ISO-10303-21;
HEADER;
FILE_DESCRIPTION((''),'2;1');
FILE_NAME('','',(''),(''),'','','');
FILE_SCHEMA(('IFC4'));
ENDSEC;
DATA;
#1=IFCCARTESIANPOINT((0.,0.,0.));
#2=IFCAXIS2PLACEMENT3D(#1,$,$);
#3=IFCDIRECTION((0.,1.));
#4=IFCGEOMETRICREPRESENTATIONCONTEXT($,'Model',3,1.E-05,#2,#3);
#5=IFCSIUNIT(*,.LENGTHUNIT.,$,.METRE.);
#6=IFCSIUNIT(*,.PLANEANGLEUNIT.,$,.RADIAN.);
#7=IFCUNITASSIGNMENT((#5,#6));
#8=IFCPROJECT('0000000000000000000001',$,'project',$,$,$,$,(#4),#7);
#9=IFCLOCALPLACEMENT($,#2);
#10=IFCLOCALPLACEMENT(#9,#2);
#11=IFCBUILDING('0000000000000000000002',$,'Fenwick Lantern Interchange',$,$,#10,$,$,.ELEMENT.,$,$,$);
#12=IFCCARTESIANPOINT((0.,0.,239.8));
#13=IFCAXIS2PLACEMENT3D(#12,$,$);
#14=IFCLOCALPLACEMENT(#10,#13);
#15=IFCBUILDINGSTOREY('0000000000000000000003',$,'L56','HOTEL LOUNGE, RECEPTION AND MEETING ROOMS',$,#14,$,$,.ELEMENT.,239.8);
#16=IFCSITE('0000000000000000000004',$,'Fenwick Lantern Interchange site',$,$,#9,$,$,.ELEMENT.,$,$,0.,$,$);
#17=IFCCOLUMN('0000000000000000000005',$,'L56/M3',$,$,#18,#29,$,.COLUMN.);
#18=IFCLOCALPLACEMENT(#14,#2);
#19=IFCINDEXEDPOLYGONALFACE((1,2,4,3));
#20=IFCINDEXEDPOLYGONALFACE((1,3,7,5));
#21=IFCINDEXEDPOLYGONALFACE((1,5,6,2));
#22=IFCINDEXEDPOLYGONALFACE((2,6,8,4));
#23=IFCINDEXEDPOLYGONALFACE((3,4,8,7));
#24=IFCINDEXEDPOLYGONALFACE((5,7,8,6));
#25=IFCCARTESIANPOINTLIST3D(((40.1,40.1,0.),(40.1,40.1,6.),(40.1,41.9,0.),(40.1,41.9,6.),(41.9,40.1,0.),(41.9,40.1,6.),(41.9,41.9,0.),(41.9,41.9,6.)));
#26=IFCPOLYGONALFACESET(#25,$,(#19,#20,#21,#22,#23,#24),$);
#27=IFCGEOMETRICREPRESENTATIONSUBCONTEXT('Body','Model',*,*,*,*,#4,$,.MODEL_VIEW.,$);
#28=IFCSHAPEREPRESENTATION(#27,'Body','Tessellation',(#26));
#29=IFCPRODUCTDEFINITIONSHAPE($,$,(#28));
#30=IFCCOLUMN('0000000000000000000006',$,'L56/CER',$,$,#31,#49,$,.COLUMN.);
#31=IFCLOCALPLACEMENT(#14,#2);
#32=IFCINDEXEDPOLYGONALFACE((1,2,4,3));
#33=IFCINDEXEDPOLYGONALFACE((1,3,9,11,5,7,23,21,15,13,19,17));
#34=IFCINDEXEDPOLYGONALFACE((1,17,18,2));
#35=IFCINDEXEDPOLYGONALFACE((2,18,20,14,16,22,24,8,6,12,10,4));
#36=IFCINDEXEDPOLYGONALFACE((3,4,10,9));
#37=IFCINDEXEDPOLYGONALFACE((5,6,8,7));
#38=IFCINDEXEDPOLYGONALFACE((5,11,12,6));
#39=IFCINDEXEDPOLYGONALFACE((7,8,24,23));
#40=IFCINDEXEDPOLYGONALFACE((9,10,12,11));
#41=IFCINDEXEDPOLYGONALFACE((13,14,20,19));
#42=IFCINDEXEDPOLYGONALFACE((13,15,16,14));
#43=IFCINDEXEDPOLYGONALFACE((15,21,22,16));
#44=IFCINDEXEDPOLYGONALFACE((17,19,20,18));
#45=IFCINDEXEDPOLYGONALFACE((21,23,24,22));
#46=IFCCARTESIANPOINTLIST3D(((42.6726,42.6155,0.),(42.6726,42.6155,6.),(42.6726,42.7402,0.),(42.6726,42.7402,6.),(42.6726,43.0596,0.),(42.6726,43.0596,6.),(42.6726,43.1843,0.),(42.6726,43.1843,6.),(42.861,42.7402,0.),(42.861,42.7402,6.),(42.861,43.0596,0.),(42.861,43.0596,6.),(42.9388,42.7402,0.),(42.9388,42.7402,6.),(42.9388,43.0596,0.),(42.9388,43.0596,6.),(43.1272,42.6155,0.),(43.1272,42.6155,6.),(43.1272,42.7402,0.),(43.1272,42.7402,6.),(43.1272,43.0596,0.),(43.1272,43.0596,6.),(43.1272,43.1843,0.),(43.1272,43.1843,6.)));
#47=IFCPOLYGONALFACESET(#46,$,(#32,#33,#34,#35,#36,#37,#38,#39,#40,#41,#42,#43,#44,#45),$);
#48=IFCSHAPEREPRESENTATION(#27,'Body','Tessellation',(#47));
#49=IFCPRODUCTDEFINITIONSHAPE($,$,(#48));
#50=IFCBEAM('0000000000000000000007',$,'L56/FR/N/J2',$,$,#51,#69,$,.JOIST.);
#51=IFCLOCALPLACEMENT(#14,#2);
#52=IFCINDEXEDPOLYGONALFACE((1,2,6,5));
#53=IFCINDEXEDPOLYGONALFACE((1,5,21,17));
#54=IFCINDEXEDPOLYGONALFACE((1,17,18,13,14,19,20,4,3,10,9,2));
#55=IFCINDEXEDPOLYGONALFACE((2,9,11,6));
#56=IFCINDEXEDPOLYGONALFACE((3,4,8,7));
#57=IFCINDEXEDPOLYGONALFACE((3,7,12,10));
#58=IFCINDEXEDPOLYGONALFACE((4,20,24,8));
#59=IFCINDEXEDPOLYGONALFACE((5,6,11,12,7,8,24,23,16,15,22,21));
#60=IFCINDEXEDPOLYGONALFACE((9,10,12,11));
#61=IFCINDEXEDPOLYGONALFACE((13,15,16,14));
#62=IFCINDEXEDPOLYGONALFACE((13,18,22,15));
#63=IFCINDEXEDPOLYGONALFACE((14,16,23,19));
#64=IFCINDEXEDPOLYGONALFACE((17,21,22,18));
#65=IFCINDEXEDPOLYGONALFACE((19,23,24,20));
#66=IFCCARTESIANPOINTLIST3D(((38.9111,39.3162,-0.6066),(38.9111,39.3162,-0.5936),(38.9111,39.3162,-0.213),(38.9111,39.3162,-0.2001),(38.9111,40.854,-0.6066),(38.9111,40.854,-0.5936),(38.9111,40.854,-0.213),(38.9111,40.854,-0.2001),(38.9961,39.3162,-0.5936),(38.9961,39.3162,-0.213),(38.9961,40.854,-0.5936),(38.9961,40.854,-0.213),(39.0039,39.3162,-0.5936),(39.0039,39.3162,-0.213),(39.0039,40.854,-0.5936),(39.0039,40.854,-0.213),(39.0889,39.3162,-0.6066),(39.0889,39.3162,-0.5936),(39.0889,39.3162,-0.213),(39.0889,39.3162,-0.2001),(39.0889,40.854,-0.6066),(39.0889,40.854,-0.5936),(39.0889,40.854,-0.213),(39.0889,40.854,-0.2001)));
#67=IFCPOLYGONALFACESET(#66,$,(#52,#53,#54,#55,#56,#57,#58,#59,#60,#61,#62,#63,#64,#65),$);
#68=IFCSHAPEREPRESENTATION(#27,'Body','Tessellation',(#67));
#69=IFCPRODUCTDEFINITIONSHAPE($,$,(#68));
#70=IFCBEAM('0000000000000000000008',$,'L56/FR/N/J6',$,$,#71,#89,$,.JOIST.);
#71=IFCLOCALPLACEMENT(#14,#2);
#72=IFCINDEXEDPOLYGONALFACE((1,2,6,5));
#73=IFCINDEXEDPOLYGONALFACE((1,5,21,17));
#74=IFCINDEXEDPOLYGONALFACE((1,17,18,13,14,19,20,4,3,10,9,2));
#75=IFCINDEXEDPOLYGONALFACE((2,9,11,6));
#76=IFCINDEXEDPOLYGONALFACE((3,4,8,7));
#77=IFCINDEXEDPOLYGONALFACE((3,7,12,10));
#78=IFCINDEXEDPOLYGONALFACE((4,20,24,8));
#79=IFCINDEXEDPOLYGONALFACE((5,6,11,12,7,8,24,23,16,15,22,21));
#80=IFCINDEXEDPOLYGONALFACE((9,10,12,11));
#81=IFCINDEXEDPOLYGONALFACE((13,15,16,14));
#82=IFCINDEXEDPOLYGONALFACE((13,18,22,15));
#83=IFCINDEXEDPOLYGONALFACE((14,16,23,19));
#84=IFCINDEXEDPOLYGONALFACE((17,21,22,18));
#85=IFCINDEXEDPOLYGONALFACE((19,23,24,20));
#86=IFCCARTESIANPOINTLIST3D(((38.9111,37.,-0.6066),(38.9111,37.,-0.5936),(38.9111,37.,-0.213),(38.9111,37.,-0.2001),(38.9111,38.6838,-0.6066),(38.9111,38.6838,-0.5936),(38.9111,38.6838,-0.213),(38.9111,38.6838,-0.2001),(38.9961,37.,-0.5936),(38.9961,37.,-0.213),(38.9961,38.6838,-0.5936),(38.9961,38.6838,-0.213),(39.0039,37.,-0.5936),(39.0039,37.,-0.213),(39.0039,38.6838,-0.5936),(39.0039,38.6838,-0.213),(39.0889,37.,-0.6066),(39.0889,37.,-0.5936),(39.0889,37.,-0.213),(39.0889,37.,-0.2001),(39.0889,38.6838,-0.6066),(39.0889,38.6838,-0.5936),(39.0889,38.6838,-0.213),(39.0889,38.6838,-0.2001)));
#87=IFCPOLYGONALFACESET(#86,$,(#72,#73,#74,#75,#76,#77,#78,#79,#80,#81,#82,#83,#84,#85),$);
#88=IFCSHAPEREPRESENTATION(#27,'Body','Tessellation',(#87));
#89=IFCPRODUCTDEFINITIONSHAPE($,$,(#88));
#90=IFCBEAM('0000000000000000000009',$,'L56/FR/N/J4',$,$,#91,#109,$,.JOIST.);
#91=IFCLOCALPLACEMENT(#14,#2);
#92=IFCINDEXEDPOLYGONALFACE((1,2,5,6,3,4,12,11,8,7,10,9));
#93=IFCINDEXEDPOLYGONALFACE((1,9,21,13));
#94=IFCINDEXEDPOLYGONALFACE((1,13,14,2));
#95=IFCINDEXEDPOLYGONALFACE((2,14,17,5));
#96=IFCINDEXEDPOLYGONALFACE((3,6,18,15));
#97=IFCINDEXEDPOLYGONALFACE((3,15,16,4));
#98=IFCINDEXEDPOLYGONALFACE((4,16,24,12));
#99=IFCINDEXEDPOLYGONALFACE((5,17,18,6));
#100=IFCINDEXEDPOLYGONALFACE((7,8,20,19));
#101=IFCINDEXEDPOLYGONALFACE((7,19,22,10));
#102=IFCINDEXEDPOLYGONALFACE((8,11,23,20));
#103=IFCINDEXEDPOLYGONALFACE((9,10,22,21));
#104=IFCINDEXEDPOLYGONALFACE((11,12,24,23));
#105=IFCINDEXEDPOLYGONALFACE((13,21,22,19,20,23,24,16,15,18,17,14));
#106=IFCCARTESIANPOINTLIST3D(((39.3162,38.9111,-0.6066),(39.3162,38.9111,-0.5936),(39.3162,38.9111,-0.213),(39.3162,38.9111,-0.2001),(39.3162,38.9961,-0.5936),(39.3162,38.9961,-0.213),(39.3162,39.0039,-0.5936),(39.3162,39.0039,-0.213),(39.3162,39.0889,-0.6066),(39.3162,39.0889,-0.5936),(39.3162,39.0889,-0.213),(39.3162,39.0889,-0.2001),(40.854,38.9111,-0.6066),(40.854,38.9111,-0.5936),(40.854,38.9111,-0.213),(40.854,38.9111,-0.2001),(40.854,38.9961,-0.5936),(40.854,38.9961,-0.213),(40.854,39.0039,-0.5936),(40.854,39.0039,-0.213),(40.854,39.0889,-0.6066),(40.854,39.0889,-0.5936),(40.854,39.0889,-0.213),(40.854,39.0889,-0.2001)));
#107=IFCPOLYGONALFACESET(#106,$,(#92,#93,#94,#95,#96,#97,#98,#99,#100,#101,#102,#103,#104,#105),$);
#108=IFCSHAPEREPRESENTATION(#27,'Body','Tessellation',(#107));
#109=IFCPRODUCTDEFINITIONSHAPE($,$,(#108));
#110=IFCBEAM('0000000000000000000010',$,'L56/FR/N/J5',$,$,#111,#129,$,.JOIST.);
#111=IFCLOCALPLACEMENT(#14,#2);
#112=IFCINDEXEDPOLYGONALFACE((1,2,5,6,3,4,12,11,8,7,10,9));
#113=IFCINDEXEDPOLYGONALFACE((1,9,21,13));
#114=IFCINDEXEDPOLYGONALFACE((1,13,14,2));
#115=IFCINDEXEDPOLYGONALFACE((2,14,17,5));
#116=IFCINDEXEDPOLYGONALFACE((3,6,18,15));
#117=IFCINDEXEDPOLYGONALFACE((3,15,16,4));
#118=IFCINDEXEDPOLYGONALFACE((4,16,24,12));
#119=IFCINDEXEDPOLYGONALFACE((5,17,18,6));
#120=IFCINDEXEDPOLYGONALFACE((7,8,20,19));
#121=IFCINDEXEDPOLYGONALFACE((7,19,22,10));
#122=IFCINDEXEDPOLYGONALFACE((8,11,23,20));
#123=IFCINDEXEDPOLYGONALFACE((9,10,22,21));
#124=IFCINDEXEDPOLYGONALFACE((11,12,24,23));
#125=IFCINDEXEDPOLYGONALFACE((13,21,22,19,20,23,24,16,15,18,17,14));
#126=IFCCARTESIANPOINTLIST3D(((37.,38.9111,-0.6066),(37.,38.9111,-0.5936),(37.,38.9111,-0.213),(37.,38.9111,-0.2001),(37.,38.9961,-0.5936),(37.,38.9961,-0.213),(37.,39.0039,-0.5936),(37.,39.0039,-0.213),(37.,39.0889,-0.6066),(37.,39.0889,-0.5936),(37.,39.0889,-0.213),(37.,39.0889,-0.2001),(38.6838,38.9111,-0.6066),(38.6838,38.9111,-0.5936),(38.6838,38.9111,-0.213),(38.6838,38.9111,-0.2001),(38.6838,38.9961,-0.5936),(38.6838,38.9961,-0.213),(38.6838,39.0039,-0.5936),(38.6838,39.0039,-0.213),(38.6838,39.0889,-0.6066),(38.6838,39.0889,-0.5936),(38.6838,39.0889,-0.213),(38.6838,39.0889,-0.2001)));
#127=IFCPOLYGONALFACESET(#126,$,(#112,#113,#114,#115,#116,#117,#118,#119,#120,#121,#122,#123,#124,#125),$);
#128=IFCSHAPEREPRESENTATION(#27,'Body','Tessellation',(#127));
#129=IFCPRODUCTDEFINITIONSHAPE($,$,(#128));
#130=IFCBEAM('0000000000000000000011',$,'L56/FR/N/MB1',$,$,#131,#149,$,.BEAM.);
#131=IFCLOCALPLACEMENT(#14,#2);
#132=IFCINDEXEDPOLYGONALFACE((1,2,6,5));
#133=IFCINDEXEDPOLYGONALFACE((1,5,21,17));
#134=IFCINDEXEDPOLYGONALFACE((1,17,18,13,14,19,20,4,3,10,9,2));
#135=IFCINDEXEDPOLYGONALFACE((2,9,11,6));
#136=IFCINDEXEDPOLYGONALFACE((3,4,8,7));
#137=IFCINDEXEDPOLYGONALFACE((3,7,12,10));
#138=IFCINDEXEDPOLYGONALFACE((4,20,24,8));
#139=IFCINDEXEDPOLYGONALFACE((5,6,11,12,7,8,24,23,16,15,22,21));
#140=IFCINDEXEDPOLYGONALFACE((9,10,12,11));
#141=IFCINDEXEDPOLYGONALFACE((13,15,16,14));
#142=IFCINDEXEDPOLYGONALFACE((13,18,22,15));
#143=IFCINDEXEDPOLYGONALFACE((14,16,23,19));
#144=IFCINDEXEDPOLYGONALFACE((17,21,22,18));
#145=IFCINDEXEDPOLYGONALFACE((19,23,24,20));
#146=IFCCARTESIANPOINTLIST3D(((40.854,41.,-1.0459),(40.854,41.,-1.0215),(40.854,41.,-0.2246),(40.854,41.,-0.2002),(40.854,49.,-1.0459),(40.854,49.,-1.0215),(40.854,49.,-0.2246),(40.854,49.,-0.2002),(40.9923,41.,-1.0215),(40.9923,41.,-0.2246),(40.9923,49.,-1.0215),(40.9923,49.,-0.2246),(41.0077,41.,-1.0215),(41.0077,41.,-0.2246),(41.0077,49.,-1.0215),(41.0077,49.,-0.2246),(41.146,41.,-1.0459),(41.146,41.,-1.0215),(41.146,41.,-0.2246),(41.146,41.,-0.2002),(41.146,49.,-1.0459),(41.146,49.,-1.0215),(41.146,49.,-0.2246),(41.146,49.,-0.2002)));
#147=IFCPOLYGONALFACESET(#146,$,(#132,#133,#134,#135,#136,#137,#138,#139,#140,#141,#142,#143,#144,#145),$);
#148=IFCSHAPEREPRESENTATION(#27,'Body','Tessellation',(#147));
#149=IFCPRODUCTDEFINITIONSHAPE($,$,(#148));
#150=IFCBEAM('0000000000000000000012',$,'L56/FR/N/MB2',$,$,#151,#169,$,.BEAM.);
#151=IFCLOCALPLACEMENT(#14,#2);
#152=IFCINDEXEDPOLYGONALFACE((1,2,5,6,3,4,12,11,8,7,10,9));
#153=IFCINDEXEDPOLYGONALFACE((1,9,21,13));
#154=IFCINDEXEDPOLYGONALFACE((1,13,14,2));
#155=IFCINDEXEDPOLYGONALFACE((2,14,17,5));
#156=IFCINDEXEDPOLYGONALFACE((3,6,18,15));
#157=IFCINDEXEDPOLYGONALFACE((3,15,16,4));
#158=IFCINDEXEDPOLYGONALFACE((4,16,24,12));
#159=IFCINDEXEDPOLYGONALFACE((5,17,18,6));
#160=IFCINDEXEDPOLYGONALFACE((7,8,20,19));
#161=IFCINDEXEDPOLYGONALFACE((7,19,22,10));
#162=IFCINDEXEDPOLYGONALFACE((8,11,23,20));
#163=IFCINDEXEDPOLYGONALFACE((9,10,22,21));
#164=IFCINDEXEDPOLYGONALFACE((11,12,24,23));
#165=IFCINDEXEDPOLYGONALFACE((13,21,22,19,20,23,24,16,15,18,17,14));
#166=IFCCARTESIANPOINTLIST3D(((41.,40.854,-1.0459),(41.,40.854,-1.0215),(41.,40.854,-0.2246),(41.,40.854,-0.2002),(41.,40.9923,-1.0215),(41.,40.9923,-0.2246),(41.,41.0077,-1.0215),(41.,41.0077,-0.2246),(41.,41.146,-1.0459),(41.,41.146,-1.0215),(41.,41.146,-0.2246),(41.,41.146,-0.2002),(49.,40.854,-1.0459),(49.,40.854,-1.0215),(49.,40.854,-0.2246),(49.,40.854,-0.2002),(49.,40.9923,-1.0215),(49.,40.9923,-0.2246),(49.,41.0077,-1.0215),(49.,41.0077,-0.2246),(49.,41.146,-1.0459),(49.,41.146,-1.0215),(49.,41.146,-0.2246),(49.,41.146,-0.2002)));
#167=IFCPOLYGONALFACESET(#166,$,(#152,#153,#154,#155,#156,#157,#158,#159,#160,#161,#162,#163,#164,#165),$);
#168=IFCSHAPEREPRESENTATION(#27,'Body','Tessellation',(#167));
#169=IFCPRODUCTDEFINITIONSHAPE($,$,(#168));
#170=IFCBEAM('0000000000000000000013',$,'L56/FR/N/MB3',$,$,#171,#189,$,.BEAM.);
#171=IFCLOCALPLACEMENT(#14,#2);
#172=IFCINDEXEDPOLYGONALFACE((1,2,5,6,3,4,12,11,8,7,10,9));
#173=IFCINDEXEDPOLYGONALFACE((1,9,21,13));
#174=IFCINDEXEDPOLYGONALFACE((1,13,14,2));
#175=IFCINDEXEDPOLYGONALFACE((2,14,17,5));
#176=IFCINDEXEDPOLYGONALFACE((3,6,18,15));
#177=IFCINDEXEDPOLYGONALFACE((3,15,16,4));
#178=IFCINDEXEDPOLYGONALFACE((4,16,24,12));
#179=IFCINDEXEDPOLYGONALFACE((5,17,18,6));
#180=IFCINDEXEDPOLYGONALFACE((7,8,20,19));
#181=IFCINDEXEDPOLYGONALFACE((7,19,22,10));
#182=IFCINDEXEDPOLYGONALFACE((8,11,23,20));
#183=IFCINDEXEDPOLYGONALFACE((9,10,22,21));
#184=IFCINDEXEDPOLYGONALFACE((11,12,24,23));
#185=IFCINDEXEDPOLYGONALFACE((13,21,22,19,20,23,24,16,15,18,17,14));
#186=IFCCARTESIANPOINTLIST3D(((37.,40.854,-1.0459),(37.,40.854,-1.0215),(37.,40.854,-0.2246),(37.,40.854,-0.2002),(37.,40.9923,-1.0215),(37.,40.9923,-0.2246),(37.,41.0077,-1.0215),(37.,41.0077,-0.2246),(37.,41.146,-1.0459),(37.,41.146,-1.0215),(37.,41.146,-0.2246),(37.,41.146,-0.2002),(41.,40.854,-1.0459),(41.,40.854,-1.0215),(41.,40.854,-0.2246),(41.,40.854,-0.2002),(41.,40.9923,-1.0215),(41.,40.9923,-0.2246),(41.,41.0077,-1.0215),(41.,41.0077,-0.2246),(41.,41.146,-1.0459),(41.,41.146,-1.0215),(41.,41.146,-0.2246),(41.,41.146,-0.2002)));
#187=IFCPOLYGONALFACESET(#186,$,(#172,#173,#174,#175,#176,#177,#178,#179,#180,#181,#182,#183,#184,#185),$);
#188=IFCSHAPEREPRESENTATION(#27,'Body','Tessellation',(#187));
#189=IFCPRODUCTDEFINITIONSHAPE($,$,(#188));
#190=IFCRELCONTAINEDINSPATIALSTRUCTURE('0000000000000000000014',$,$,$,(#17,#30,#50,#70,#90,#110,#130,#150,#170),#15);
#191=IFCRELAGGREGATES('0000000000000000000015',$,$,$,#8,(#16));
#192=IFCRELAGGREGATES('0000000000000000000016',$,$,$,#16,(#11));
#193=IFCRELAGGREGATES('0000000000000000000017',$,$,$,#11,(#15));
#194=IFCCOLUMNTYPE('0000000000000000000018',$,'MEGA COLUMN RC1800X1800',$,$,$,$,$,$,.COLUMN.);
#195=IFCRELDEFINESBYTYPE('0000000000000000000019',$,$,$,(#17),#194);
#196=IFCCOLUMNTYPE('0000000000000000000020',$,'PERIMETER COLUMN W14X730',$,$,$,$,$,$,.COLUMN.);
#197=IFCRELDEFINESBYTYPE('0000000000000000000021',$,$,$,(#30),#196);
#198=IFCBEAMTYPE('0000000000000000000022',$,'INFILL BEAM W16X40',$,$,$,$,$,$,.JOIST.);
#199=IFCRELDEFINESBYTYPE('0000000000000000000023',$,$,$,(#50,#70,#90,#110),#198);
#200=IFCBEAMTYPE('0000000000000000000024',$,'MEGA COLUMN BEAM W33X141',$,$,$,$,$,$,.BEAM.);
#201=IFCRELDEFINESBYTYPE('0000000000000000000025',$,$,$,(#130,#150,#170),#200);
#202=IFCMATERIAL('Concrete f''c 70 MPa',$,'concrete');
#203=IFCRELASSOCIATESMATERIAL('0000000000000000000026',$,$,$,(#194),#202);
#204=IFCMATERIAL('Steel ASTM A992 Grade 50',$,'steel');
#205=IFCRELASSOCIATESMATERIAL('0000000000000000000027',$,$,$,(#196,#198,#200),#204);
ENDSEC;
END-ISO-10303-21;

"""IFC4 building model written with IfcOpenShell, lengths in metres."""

from ifc_helpers import new_model, si_unit, direction, frame, origin, origin_2d, place, context, subcontext, project, spatial, rectangle, i_section, extrude, material, material_profile, profile_set, type_object, element, save


model = new_model("IFC4")

# Units and contexts
model_context = context("Model", 3, precision=1e-05, world=origin(), true_north=direction((0.0, 1.0)))
body_context = subcontext(model_context, "Body", "Model", "MODEL_VIEW")
ifc_project = project(units=[si_unit("LENGTHUNIT", "METRE"), si_unit("PLANEANGLEUNIT", "RADIAN")], contexts=[model_context])

# Site, building, storey
site_placement = place(None, origin())
site = spatial("IfcSite", under=ifc_project, at=site_placement, Name="Fenwick Lantern Interchange site", CompositionType="ELEMENT", RefElevation=0.0)
building_placement = place(site_placement, origin())
building = spatial("IfcBuilding", under=site, at=building_placement, Name="Fenwick Lantern Interchange", CompositionType="ELEMENT")
storey_placement = place(building_placement, frame((0.0, 0.0, 239.8)))
storey = spatial("IfcBuildingStorey", under=building, at=storey_placement, Name="L56", Description="HOTEL LOUNGE, RECEPTION AND MEETING ROOMS", CompositionType="ELEMENT", Elevation=239.8)

# Columns
ifc_material_1 = material(Name="Concrete f'c 70 MPa", Category="concrete")
ifc_material_profile_1 = material_profile(ifc_material_1, rectangle(XDim=1.8, YDim=1.8, at=origin_2d()), Name="RC1800X1800")
ifc_profile_set_1 = profile_set([ifc_material_profile_1], Name="Concrete f'c 70 MPa")
column_type_1 = type_object("IfcColumnType", Name="MEGA COLUMN RC1800X1800", PredefinedType="COLUMN", material=ifc_profile_set_1)
column_1_placement = place(storey_placement, frame((41.0, 41.0, 0.0), z_axis=(0.0, 0.0, 1.0), x_axis=(1.0, 0.0, 0.0)))
element("IfcColumn", 1, at=column_1_placement, inside=storey, type_object=column_type_1, Name="L56/M3", PredefinedType="COLUMN", context=body_context, shape_type="SweptSolid", body=[
    extrude(rectangle(XDim=1.8, YDim=1.8, at=origin_2d()), origin(), (0.0, 0.0, 1.0), 6.0),
])
ifc_material_2 = material(Name="Steel ASTM A992 Grade 50", Category="steel")
ifc_material_profile_2 = material_profile(ifc_material_2, i_section(OverallWidth=0.4546, OverallDepth=0.5688, WebThickness=0.0779, FlangeThickness=0.1248, at=origin_2d()), Name="W14X730")
ifc_profile_set_2 = profile_set([ifc_material_profile_2], Name="Steel ASTM A992 Grade 50")
column_type_2 = type_object("IfcColumnType", Name="PERIMETER COLUMN W14X730", PredefinedType="COLUMN", material=ifc_profile_set_2)
column_2_placement = place(storey_placement, frame((42.8999, 42.8999, 0.0), z_axis=(0.0, 0.0, 1.0), x_axis=(1.0, 0.0, 0.0)))
element("IfcColumn", 2, at=column_2_placement, inside=storey, type_object=column_type_2, Name="L56/CER", PredefinedType="COLUMN", context=body_context, shape_type="SweptSolid", body=[
    extrude(i_section(OverallWidth=0.4546, OverallDepth=0.5688, WebThickness=0.0779, FlangeThickness=0.1248, at=origin_2d()), origin(), (0.0, 0.0, 1.0), 6.0),
])

# Beams
ifc_material_profile_3 = material_profile(ifc_material_2, i_section(OverallWidth=0.1777, OverallDepth=0.4065, WebThickness=0.0078, FlangeThickness=0.0129, at=origin_2d()), Name="W16X40")
ifc_profile_set_3 = profile_set([ifc_material_profile_3], Name="Steel ASTM A992 Grade 50")
beam_type_1 = type_object("IfcBeamType", Name="INFILL BEAM W16X40", PredefinedType="JOIST", material=ifc_profile_set_3)
beam_1_placement = place(storey_placement, frame((39.0, 40.854, -0.4033), z_axis=(0.0, -1.0, 0.0), x_axis=(1.0, 0.0, 0.0)))
element("IfcBeam", 3, at=beam_1_placement, inside=storey, type_object=beam_type_1, Name="L56/FR/N/J2", PredefinedType="JOIST", context=body_context, shape_type="SweptSolid", body=[
    extrude(i_section(OverallWidth=0.1777, OverallDepth=0.4065, WebThickness=0.0078, FlangeThickness=0.0129, at=origin_2d()), origin(), (0.0, 0.0, 1.0), 1.5378),
])
beam_2_placement = place(storey_placement, frame((39.0, 38.6838, -0.4033), z_axis=(0.0, -1.0, 0.0), x_axis=(1.0, 0.0, 0.0)))
element("IfcBeam", 4, at=beam_2_placement, inside=storey, type_object=beam_type_1, Name="L56/FR/N/J6", PredefinedType="JOIST", context=body_context, shape_type="SweptSolid", body=[
    extrude(i_section(OverallWidth=0.1777, OverallDepth=0.4065, WebThickness=0.0078, FlangeThickness=0.0129, at=origin_2d()), origin(), (0.0, 0.0, 1.0), 1.6838),
])
beam_3_placement = place(storey_placement, frame((40.854, 39.0, -0.4033), z_axis=(-1.0, 0.0, 0.0), x_axis=(0.0, -1.0, 0.0)))
element("IfcBeam", 5, at=beam_3_placement, inside=storey, type_object=beam_type_1, Name="L56/FR/N/J4", PredefinedType="JOIST", context=body_context, shape_type="SweptSolid", body=[
    extrude(i_section(OverallWidth=0.1777, OverallDepth=0.4065, WebThickness=0.0078, FlangeThickness=0.0129, at=origin_2d()), origin(), (0.0, 0.0, 1.0), 1.5378),
])
beam_4_placement = place(storey_placement, frame((38.6838, 39.0, -0.4033), z_axis=(-1.0, 0.0, 0.0), x_axis=(0.0, -1.0, 0.0)))
element("IfcBeam", 6, at=beam_4_placement, inside=storey, type_object=beam_type_1, Name="L56/FR/N/J5", PredefinedType="JOIST", context=body_context, shape_type="SweptSolid", body=[
    extrude(i_section(OverallWidth=0.1777, OverallDepth=0.4065, WebThickness=0.0078, FlangeThickness=0.0129, at=origin_2d()), origin(), (0.0, 0.0, 1.0), 1.6838),
])
ifc_material_profile_4 = material_profile(ifc_material_2, i_section(OverallWidth=0.292, OverallDepth=0.8457, WebThickness=0.0154, FlangeThickness=0.0244, at=origin_2d()), Name="W33X141")
ifc_profile_set_4 = profile_set([ifc_material_profile_4], Name="Steel ASTM A992 Grade 50")
beam_type_2 = type_object("IfcBeamType", Name="MEGA COLUMN BEAM W33X141", PredefinedType="BEAM", material=ifc_profile_set_4)
for number, where, z_axis, x_axis, name in (
    (7, (41.0, 41.0, -0.623), (0.0, 1.0, 0.0), (-1.0, 0.0, 0.0), "L56/FR/N/MB1"),
    (8, (41.0, 41.0, -0.623), (1.0, 0.0, 0.0), (0.0, 1.0, 0.0), "L56/FR/N/MB2"),
):
    element("IfcBeam", number, at=place(storey_placement, frame(where, z_axis=z_axis, x_axis=x_axis)), inside=storey, type_object=beam_type_2, Name=name, PredefinedType="BEAM", context=body_context, shape_type="SweptSolid", body=[
        extrude(i_section(OverallWidth=0.292, OverallDepth=0.8457, WebThickness=0.0154, FlangeThickness=0.0244, at=origin_2d()), origin(), (0.0, 0.0, 1.0), 8.0),
    ])
for number, where, z_axis, x_axis, name in (
    (9, (41.0, 41.0, -0.623), (-1.0, 0.0, 0.0), (0.0, -1.0, 0.0), "L56/FR/N/MB3"),
):
    element("IfcBeam", number, at=place(storey_placement, frame(where, z_axis=z_axis, x_axis=x_axis)), inside=storey, type_object=beam_type_2, Name=name, PredefinedType="BEAM", context=body_context, shape_type="SweptSolid", body=[
        extrude(i_section(OverallWidth=0.292, OverallDepth=0.8457, WebThickness=0.0154, FlangeThickness=0.0244, at=origin_2d()), origin(), (0.0, 0.0, 1.0), 4.0),
    ])

save(model, "model.ifc")
